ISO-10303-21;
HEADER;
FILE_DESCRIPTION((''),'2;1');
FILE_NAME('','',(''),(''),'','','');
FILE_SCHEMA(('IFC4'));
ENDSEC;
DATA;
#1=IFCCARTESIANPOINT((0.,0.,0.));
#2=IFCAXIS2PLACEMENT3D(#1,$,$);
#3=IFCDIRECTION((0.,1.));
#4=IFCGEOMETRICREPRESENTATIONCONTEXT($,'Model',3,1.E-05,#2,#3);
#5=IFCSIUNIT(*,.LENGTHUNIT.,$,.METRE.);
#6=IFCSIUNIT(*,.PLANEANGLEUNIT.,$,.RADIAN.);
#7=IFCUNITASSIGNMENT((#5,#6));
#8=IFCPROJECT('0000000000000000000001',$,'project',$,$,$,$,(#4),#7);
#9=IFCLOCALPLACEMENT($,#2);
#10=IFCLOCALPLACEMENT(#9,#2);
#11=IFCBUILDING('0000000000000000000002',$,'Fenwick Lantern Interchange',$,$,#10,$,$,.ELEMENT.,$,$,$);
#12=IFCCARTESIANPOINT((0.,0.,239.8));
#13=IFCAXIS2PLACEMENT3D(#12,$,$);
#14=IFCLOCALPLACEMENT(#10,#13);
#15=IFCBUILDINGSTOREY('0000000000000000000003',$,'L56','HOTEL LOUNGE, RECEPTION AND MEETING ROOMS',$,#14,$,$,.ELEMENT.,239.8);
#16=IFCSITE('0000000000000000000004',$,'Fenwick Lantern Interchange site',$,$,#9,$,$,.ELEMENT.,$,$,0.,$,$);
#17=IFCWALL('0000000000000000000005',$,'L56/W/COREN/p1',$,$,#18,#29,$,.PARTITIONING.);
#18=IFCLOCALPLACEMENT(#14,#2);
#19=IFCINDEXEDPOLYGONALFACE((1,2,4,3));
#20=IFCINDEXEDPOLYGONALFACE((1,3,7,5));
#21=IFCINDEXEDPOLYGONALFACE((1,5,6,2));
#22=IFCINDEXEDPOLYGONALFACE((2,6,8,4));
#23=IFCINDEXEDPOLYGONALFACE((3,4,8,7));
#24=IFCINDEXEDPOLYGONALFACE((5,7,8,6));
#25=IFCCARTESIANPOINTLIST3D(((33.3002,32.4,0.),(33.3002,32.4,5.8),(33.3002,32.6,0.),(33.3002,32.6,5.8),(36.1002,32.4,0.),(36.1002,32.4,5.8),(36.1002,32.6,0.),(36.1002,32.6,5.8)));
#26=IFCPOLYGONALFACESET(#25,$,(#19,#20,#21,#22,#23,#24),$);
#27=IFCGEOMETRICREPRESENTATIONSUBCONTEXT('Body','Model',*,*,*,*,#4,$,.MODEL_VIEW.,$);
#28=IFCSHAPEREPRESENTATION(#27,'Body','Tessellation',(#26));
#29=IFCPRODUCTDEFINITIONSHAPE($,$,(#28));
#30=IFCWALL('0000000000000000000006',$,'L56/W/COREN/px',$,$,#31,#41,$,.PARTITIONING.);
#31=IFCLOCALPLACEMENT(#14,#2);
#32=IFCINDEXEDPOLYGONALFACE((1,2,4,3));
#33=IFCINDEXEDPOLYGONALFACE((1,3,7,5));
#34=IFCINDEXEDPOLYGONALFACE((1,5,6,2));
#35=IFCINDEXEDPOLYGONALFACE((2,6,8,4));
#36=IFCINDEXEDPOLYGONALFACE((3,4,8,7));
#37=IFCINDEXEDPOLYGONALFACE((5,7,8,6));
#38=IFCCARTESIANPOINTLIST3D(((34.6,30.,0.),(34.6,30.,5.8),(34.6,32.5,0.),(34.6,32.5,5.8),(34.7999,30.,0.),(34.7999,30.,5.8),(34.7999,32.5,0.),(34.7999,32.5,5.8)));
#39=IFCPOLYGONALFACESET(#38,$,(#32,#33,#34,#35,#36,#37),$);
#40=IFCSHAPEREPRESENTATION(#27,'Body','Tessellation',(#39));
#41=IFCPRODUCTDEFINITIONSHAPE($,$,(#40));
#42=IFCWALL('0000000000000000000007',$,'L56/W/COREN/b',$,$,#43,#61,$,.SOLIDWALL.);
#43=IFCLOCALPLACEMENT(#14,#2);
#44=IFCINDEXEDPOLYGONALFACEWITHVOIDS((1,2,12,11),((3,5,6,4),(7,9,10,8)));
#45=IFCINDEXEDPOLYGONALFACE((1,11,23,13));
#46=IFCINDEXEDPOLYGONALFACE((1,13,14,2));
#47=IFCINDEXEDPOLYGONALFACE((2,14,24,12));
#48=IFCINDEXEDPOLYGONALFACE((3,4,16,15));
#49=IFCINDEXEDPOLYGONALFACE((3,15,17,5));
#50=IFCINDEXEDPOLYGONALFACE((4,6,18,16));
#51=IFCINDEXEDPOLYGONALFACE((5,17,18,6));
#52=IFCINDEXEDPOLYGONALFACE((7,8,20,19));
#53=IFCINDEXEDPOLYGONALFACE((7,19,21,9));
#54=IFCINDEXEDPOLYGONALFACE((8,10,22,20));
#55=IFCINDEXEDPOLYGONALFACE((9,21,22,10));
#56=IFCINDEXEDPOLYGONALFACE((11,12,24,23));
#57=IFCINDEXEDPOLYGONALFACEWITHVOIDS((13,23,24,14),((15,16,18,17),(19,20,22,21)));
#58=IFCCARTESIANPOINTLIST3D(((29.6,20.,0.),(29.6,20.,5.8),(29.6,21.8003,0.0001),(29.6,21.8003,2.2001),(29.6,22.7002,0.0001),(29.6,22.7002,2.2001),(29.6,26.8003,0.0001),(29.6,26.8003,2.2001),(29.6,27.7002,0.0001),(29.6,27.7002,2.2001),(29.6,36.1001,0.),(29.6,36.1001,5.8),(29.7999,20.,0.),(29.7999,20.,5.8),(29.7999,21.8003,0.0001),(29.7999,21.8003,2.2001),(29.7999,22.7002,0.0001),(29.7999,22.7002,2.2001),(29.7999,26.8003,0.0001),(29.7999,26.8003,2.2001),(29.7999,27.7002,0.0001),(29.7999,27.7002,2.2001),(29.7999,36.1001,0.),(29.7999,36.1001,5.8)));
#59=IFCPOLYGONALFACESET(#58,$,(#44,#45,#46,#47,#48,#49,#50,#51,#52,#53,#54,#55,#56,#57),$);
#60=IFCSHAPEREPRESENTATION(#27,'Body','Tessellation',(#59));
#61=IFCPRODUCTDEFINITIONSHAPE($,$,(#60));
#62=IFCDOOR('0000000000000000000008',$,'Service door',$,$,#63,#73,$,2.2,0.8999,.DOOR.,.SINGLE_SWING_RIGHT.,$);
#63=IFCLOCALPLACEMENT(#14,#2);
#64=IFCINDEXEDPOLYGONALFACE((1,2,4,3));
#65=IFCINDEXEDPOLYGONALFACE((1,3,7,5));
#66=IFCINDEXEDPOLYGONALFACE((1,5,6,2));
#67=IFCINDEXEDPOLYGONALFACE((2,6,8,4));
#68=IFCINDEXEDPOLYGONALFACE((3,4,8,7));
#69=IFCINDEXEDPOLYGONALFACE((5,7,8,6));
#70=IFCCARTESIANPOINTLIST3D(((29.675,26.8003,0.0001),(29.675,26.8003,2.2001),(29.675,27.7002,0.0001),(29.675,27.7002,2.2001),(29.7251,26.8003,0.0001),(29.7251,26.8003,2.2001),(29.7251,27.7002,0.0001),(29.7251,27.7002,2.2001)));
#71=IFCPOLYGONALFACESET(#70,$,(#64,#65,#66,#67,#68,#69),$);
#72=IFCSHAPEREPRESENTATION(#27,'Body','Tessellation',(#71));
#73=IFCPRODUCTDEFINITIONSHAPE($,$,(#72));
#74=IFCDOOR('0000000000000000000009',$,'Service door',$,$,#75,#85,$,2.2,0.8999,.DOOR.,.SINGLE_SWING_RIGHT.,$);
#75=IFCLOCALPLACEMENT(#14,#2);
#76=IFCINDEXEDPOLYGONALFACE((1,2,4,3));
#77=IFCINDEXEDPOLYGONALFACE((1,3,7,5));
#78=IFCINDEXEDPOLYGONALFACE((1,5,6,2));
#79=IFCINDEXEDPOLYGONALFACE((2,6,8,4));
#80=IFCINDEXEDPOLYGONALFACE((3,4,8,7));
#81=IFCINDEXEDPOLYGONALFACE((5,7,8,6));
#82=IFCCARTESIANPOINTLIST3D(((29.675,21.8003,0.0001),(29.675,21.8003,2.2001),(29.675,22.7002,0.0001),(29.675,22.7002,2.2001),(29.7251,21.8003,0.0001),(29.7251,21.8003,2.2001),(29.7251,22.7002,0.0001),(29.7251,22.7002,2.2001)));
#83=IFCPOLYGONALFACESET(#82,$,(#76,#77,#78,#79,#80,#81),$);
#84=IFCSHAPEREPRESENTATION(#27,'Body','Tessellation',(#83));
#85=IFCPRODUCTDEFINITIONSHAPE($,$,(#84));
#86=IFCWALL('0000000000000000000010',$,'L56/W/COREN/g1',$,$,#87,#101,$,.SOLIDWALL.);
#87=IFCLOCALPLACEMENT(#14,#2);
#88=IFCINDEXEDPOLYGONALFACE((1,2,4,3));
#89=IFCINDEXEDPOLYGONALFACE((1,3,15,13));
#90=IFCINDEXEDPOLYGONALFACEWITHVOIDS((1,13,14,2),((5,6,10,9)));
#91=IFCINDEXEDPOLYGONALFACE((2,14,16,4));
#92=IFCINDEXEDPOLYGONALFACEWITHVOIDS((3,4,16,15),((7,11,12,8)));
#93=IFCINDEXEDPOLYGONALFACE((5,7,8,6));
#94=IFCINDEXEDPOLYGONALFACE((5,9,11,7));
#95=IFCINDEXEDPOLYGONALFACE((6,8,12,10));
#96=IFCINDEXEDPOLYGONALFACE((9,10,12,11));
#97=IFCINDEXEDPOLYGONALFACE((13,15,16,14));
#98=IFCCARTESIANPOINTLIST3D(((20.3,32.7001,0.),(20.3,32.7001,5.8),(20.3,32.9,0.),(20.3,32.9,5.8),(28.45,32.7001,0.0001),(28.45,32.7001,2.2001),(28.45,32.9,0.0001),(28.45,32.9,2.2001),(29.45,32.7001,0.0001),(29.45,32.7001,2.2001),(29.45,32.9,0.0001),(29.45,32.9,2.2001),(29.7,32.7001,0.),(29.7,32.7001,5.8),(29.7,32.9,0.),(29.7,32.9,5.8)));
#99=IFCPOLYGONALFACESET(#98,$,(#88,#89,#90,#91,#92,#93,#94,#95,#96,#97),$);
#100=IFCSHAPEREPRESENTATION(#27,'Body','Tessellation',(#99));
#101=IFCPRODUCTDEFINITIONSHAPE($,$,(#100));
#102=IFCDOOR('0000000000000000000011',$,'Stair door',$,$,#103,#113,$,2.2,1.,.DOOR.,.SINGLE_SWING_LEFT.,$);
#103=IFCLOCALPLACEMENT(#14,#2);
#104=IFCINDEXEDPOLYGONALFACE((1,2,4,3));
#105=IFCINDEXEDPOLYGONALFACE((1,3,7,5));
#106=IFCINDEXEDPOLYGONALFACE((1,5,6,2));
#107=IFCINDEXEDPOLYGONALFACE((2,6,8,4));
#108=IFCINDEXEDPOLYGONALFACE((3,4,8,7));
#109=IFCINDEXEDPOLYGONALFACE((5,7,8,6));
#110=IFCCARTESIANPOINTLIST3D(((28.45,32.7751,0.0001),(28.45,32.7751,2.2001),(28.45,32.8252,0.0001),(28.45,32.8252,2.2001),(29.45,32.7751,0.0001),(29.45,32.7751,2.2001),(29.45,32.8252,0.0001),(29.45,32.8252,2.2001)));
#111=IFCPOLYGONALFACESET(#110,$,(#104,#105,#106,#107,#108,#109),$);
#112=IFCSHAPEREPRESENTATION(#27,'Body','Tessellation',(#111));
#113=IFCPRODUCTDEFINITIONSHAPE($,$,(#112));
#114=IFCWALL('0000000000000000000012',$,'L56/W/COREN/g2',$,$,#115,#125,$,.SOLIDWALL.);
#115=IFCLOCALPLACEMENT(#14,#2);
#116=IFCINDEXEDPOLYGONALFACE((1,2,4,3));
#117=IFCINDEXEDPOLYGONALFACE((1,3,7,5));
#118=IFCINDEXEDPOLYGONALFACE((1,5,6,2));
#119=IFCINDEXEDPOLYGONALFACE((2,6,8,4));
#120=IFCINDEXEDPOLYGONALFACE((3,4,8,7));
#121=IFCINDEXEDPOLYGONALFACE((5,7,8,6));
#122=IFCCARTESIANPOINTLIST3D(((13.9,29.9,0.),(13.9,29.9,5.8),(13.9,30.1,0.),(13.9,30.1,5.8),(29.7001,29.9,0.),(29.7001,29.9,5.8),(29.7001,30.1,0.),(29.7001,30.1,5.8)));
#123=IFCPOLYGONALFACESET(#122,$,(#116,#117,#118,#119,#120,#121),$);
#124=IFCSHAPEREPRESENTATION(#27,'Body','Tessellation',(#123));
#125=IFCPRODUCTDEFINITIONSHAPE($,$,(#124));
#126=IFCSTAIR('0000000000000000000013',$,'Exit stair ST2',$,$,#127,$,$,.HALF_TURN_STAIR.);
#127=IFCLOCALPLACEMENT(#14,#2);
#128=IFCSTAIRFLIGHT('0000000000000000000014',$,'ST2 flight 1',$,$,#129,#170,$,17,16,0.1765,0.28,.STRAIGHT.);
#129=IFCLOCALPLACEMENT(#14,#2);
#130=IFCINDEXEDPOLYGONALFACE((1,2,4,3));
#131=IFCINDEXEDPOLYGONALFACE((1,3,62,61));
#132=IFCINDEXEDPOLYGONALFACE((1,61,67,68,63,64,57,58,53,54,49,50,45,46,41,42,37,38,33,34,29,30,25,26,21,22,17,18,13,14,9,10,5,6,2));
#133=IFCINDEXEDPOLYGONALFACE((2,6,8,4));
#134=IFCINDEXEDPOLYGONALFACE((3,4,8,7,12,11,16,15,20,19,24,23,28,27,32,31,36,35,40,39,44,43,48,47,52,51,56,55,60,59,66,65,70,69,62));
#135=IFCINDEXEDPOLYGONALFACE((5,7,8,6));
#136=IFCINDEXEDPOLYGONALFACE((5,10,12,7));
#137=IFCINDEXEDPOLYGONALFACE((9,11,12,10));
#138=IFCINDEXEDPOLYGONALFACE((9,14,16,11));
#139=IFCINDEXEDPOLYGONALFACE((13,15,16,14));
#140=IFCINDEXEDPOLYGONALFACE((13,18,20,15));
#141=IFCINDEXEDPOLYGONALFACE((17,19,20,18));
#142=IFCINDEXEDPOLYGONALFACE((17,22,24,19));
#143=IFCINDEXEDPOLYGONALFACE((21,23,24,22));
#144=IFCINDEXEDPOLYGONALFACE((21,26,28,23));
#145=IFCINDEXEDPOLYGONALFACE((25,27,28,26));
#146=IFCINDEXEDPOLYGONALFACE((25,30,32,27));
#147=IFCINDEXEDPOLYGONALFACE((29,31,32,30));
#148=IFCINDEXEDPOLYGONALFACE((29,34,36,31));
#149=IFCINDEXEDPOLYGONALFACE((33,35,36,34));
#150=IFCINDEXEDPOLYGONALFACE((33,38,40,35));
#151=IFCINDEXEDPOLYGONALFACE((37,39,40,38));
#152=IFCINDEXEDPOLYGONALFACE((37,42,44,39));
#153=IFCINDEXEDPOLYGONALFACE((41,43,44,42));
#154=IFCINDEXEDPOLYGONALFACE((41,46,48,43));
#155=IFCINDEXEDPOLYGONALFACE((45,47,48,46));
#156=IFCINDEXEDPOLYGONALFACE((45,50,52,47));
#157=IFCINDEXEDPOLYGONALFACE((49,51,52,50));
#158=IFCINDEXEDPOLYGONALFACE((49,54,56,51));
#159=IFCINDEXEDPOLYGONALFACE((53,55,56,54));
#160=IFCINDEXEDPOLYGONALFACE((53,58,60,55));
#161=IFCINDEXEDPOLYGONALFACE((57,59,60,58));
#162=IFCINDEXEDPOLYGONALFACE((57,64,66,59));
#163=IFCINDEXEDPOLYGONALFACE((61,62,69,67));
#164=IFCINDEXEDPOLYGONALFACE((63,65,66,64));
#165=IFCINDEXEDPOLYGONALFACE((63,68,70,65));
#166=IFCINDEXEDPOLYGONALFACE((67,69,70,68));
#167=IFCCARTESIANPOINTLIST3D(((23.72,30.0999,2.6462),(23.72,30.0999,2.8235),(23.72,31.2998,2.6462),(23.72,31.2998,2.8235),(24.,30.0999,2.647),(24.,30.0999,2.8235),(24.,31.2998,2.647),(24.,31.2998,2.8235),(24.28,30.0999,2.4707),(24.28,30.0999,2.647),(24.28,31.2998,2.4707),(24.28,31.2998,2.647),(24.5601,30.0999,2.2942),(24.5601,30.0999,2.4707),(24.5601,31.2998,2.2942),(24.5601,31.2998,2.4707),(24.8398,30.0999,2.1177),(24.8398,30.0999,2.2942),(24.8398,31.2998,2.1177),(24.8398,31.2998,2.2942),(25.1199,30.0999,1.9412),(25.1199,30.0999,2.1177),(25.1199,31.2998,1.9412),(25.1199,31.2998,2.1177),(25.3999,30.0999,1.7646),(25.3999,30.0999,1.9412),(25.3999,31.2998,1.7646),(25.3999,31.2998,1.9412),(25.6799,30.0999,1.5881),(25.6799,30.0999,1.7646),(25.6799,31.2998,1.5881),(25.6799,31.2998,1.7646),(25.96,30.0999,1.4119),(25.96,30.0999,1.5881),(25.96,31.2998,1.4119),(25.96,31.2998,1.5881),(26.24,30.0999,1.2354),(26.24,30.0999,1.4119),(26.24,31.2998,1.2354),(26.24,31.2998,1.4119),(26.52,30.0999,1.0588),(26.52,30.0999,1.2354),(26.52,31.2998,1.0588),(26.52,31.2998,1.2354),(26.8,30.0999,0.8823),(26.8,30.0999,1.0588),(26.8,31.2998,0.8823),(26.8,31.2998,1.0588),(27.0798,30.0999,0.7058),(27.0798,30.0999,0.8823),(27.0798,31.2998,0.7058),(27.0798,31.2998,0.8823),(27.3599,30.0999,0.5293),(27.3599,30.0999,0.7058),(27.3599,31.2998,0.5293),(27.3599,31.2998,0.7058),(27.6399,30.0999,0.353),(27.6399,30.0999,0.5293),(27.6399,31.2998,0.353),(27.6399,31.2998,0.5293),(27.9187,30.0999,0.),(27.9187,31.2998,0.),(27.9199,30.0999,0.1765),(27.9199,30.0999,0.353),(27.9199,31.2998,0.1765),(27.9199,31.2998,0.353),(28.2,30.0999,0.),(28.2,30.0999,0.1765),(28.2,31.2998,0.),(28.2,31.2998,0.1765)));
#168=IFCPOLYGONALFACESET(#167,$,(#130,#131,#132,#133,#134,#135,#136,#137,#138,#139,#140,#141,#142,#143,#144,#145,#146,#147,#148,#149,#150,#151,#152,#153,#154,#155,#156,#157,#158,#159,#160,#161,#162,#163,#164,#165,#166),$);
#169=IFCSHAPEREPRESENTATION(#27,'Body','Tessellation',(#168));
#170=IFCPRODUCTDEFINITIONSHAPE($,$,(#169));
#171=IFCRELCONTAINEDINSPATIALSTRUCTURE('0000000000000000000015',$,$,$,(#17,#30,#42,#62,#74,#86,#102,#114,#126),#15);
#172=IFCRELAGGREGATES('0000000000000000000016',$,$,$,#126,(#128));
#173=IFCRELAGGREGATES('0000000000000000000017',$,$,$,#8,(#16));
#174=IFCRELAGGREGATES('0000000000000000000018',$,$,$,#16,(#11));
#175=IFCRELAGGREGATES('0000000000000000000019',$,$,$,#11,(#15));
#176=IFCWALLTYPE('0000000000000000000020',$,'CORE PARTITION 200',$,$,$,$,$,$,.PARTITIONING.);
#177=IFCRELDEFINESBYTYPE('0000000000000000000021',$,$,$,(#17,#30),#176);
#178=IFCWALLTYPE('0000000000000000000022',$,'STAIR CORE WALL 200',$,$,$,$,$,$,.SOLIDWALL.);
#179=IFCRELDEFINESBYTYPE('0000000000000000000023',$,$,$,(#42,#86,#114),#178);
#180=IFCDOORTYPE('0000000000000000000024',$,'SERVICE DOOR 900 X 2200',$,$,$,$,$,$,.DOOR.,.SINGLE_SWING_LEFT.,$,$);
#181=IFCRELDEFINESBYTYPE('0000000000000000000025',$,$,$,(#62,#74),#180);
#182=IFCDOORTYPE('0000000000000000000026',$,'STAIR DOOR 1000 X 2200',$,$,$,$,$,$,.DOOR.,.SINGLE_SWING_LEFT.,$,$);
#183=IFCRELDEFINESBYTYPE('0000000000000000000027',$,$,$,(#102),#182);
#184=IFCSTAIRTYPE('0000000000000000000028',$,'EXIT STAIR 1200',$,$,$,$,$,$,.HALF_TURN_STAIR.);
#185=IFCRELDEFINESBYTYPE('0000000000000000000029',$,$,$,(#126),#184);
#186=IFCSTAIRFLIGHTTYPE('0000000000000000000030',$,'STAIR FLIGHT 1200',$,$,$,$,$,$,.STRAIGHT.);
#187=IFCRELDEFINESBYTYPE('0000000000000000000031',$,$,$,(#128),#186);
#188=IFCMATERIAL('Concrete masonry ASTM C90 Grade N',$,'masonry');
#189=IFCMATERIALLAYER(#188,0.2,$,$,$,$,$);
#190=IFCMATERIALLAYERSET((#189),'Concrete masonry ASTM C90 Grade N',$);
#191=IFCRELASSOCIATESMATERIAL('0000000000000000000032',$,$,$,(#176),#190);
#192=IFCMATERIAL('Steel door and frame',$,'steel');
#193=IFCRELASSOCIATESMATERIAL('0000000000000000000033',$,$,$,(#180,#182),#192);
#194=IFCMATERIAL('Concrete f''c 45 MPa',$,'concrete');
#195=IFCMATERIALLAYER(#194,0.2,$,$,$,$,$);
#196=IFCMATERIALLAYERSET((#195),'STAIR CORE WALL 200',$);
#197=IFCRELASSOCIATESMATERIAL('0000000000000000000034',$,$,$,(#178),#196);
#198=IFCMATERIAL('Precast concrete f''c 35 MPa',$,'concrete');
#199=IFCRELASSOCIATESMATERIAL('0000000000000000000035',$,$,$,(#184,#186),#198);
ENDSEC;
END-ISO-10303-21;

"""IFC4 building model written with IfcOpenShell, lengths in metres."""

from ifc_helpers import new_model, si_unit, direction, frame, frame_2d, origin, place, context, subcontext, project, spatial, polyline, rectangle, outline, extrude, material, layer, layer_set, type_object, element, fill, aggregate, save


model = new_model("IFC4")

# Units and contexts
model_context = context("Model", 3, precision=1e-05, world=origin(), true_north=direction((0.0, 1.0)))
body_context = subcontext(model_context, "Body", "Model", "MODEL_VIEW")
ifc_project = project(units=[si_unit("LENGTHUNIT", "METRE"), si_unit("PLANEANGLEUNIT", "RADIAN")], contexts=[model_context])

# Site, building, storey
site_placement = place(None, origin())
site = spatial("IfcSite", under=ifc_project, at=site_placement, Name="Fenwick Lantern Interchange site", CompositionType="ELEMENT", RefElevation=0.0)
building_placement = place(site_placement, origin())
building = spatial("IfcBuilding", under=site, at=building_placement, Name="Fenwick Lantern Interchange", CompositionType="ELEMENT")
storey_placement = place(building_placement, frame((0.0, 0.0, 239.8)))
storey = spatial("IfcBuildingStorey", under=building, at=storey_placement, Name="L56", Description="HOTEL LOUNGE, RECEPTION AND MEETING ROOMS", CompositionType="ELEMENT", Elevation=239.8)

# Shared definitions
ifc_material_1 = material(Name="Concrete masonry ASTM C90 Grade N", Category="masonry")
ifc_layer_1 = layer(ifc_material_1, 0.2)
ifc_layer_set_1 = layer_set([ifc_layer_1], Name="Concrete masonry ASTM C90 Grade N")
wall_type_1 = type_object("IfcWallType", Name="CORE PARTITION 200", PredefinedType="PARTITIONING", material=ifc_layer_set_1)
ifc_material_2 = material(Name="Steel door and frame", Category="steel")
door_type_1 = type_object("IfcDoorType", Name="SERVICE DOOR 900 X 2200", OperationType="SINGLE_SWING_LEFT", PredefinedType="DOOR", material=ifc_material_2)

# Walls
wall_1_placement = place(storey_placement, frame((36.1001, 32.5, 0.0), z_axis=(0.0, 0.0, 1.0), x_axis=(-1.0, 0.0, 0.0)))
element("IfcWall", 1, at=wall_1_placement, inside=storey, type_object=wall_type_1, Name="L56/W/COREN/p1", PredefinedType="PARTITIONING", context=body_context, shape_type="SweptSolid", body=[
    extrude(rectangle(XDim=2.8, YDim=0.2, at=frame_2d((1.3999, 0.0))), origin(), (0.0, 0.0, 1.0), 5.8),
])
wall_2_placement = place(storey_placement, frame((34.7, 32.5, 0.0), z_axis=(0.0, 0.0, 1.0), x_axis=(0.0, -1.0, 0.0)))
element("IfcWall", 2, at=wall_2_placement, inside=storey, type_object=wall_type_1, Name="L56/W/COREN/px", PredefinedType="PARTITIONING", context=body_context, shape_type="SweptSolid", body=[
    extrude(rectangle(XDim=2.5, YDim=0.2, at=frame_2d((1.25, 0.0))), origin(), (0.0, 0.0, 1.0), 5.8),
])

# Wall, openings, doors
ifc_material_3 = material(Name="Concrete f'c 45 MPa", Category="concrete")
ifc_layer_2 = layer(ifc_material_3, 0.2)
ifc_layer_set_2 = layer_set([ifc_layer_2], Name="STAIR CORE WALL 200")
wall_type_2 = type_object("IfcWallType", Name="STAIR CORE WALL 200", PredefinedType="SOLIDWALL", material=ifc_layer_set_2)
wall_3_placement = place(storey_placement, frame((29.7, 36.1001, 0.0), z_axis=(0.0, 0.0, 1.0), x_axis=(0.0, -1.0, 0.0)))
wall_3 = element("IfcWall", 3, at=wall_3_placement, inside=storey, type_object=wall_type_2, Name="L56/W/COREN/b", PredefinedType="SOLIDWALL", context=body_context, shape_type="SweptSolid", body=[
    extrude(rectangle(XDim=16.1001, YDim=0.2, at=frame_2d((8.05, 0.0))), origin(), (0.0, 0.0, 1.0), 5.8),
])
opening_1_placement = place(wall_3_placement, frame((8.3999, 0.0, 0.0)))
opening_1 = element("IfcOpeningElement", 4, at=opening_1_placement, cuts=wall_3, PredefinedType="OPENING", context=body_context, shape_type="SweptSolid", body=[
    extrude(rectangle(XDim=0.8999, YDim=2.2, at=frame_2d((0.45, 1.1001))), frame((0.0, 0.1099, 0.0), z_axis=(0.0, -1.0, 0.0), x_axis=(1.0, 0.0, 0.0)), (0.0, 0.0, 1.0), 0.22),
])
opening_2_placement = place(wall_3_placement, frame((13.3999, 0.0, 0.0)))
opening_2 = element("IfcOpeningElement", 5, at=opening_2_placement, cuts=wall_3, PredefinedType="OPENING", context=body_context, shape_type="SweptSolid", body=[
    extrude(rectangle(XDim=0.8999, YDim=2.2, at=frame_2d((0.45, 1.1001))), frame((0.0, 0.1099, 0.0), z_axis=(0.0, -1.0, 0.0), x_axis=(1.0, 0.0, 0.0)), (0.0, 0.0, 1.0), 0.22),
])
door_1_placement = place(opening_1_placement, frame((0.8999, 0.0, 0.0), z_axis=(0.0, 0.0, 1.0), x_axis=(-1.0, 0.0, 0.0)))
door_1 = element("IfcDoor", 6, at=door_1_placement, inside=storey, type_object=door_type_1, Name="Service door", OperationType="SINGLE_SWING_RIGHT", OverallHeight=2.2, OverallWidth=0.8999, PredefinedType="DOOR", context=body_context, shape_type="SweptSolid", body=[
    extrude(rectangle(XDim=0.8999, YDim=2.2, at=frame_2d((0.45, 1.1001))), frame((0.0, 0.0249, 0.0), z_axis=(0.0, -1.0, 0.0), x_axis=(1.0, 0.0, 0.0)), (0.0, 0.0, 1.0), 0.05),
])
fill(opening_1, door_1)
door_2_placement = place(opening_2_placement, frame((0.8999, 0.0, 0.0), z_axis=(0.0, 0.0, 1.0), x_axis=(-1.0, 0.0, 0.0)))
door_2 = element("IfcDoor", 7, at=door_2_placement, inside=storey, type_object=door_type_1, Name="Service door", OperationType="SINGLE_SWING_RIGHT", OverallHeight=2.2, OverallWidth=0.8999, PredefinedType="DOOR", context=body_context, shape_type="SweptSolid", body=[
    extrude(rectangle(XDim=0.8999, YDim=2.2, at=frame_2d((0.45, 1.1001))), frame((0.0, 0.0249, 0.0), z_axis=(0.0, -1.0, 0.0), x_axis=(1.0, 0.0, 0.0)), (0.0, 0.0, 1.0), 0.05),
])
fill(opening_2, door_2)

# Wall, opening, door
wall_4_placement = place(storey_placement, frame((29.7, 32.8, 0.0), z_axis=(0.0, 0.0, 1.0), x_axis=(-1.0, 0.0, 0.0)))
wall_4 = element("IfcWall", 8, at=wall_4_placement, inside=storey, type_object=wall_type_2, Name="L56/W/COREN/g1", PredefinedType="SOLIDWALL", context=body_context, shape_type="SweptSolid", body=[
    extrude(rectangle(XDim=9.3999, YDim=0.2, at=frame_2d((4.7, 0.0))), origin(), (0.0, 0.0, 1.0), 5.8),
])
opening_3_placement = place(wall_4_placement, frame((0.25, 0.0, 0.0)))
opening_3 = element("IfcOpeningElement", 9, at=opening_3_placement, cuts=wall_4, PredefinedType="OPENING", context=body_context, shape_type="SweptSolid", body=[
    extrude(rectangle(XDim=1.0, YDim=2.2, at=frame_2d((0.5, 1.1001))), frame((0.0, 0.1099, 0.0), z_axis=(0.0, -1.0, 0.0), x_axis=(1.0, 0.0, 0.0)), (0.0, 0.0, 1.0), 0.22),
])
door_type_2 = type_object("IfcDoorType", Name="STAIR DOOR 1000 X 2200", OperationType="SINGLE_SWING_LEFT", PredefinedType="DOOR", material=ifc_material_2)
door_3_placement = place(opening_3_placement, origin())
door_3 = element("IfcDoor", 10, at=door_3_placement, inside=storey, type_object=door_type_2, Name="Stair door", OperationType="SINGLE_SWING_LEFT", OverallHeight=2.2, OverallWidth=1.0, PredefinedType="DOOR", context=body_context, shape_type="SweptSolid", body=[
    extrude(rectangle(XDim=1.0, YDim=2.2, at=frame_2d((0.5, 1.1001))), frame((0.0, 0.0249, 0.0), z_axis=(0.0, -1.0, 0.0), x_axis=(1.0, 0.0, 0.0)), (0.0, 0.0, 1.0), 0.05),
])
fill(opening_3, door_3)

# Wall
wall_5_placement = place(storey_placement, frame((29.7, 30.0, 0.0), z_axis=(0.0, 0.0, 1.0), x_axis=(-1.0, 0.0, 0.0)))
element("IfcWall", 11, at=wall_5_placement, inside=storey, type_object=wall_type_2, Name="L56/W/COREN/g2", PredefinedType="SOLIDWALL", context=body_context, shape_type="SweptSolid", body=[
    extrude(rectangle(XDim=15.8, YDim=0.2, at=frame_2d((7.8999, 0.0))), origin(), (0.0, 0.0, 1.0), 5.8),
])

# Stair, stair flight
ifc_material_4 = material(Name="Precast concrete f'c 35 MPa", Category="concrete")
stair_type = type_object("IfcStairType", Name="EXIT STAIR 1200", PredefinedType="HALF_TURN_STAIR", material=ifc_material_4)
stair_placement = place(storey_placement, origin())
stair = element("IfcStair", 12, at=stair_placement, inside=storey, type_object=stair_type, Name="Exit stair ST2", PredefinedType="HALF_TURN_STAIR")
stair_flight_type = type_object("IfcStairFlightType", Name="STAIR FLIGHT 1200", PredefinedType="STRAIGHT", material=ifc_material_4)
stair_flight_1_placement = place(storey_placement, frame((28.2, 30.7, 0.0), z_axis=(0.0, 0.0, 1.0), x_axis=(-1.0, 0.0, 0.0)))
stair_flight_1 = element("IfcStairFlight", 13, at=stair_flight_1_placement, type_object=stair_flight_type, Name="ST2 flight 1", NumberOfRisers=17, NumberOfTreads=16, PredefinedType="STRAIGHT", RiserHeight=0.1765, TreadLength=0.28, context=body_context, shape_type="SweptSolid", body=[
    extrude(outline(polyline([(0.0, 0.0), (0.0, 0.1765), (0.28, 0.1765), (0.28, 0.353), (0.5601, 0.353), (0.5601, 0.5293), (0.8401, 0.5293), (0.8401, 0.7058), (1.1201, 0.7058), (1.1201, 0.8823), (1.3999, 0.8823), (1.3999, 1.0588), (1.6799, 1.0588), (1.6799, 1.2354), (1.96, 1.2354), (1.96, 1.4119), (2.24, 1.4119), (2.24, 1.5881), (2.52, 1.5881), (2.52, 1.7646), (2.8, 1.7646), (2.8, 1.9412), (3.0801, 1.9412), (3.0801, 2.1177), (3.3601, 2.1177), (3.3601, 2.2942), (3.6399, 2.2942), (3.6399, 2.4707), (3.9199, 2.4707), (3.9199, 2.647), (4.2, 2.647), (4.2, 2.8235), (4.48, 2.8235), (4.48, 3.0), (4.48, 2.6462), (0.2812, 0.0), (0.0, 0.0)])), frame((0.0, 0.6001, 0.0), z_axis=(0.0, -1.0, 0.0), x_axis=(1.0, 0.0, 0.0)), (0.0, 0.0, 1.0), 1.2),
])
aggregate(stair, [stair_flight_1])

save(model, "model.ifc")
